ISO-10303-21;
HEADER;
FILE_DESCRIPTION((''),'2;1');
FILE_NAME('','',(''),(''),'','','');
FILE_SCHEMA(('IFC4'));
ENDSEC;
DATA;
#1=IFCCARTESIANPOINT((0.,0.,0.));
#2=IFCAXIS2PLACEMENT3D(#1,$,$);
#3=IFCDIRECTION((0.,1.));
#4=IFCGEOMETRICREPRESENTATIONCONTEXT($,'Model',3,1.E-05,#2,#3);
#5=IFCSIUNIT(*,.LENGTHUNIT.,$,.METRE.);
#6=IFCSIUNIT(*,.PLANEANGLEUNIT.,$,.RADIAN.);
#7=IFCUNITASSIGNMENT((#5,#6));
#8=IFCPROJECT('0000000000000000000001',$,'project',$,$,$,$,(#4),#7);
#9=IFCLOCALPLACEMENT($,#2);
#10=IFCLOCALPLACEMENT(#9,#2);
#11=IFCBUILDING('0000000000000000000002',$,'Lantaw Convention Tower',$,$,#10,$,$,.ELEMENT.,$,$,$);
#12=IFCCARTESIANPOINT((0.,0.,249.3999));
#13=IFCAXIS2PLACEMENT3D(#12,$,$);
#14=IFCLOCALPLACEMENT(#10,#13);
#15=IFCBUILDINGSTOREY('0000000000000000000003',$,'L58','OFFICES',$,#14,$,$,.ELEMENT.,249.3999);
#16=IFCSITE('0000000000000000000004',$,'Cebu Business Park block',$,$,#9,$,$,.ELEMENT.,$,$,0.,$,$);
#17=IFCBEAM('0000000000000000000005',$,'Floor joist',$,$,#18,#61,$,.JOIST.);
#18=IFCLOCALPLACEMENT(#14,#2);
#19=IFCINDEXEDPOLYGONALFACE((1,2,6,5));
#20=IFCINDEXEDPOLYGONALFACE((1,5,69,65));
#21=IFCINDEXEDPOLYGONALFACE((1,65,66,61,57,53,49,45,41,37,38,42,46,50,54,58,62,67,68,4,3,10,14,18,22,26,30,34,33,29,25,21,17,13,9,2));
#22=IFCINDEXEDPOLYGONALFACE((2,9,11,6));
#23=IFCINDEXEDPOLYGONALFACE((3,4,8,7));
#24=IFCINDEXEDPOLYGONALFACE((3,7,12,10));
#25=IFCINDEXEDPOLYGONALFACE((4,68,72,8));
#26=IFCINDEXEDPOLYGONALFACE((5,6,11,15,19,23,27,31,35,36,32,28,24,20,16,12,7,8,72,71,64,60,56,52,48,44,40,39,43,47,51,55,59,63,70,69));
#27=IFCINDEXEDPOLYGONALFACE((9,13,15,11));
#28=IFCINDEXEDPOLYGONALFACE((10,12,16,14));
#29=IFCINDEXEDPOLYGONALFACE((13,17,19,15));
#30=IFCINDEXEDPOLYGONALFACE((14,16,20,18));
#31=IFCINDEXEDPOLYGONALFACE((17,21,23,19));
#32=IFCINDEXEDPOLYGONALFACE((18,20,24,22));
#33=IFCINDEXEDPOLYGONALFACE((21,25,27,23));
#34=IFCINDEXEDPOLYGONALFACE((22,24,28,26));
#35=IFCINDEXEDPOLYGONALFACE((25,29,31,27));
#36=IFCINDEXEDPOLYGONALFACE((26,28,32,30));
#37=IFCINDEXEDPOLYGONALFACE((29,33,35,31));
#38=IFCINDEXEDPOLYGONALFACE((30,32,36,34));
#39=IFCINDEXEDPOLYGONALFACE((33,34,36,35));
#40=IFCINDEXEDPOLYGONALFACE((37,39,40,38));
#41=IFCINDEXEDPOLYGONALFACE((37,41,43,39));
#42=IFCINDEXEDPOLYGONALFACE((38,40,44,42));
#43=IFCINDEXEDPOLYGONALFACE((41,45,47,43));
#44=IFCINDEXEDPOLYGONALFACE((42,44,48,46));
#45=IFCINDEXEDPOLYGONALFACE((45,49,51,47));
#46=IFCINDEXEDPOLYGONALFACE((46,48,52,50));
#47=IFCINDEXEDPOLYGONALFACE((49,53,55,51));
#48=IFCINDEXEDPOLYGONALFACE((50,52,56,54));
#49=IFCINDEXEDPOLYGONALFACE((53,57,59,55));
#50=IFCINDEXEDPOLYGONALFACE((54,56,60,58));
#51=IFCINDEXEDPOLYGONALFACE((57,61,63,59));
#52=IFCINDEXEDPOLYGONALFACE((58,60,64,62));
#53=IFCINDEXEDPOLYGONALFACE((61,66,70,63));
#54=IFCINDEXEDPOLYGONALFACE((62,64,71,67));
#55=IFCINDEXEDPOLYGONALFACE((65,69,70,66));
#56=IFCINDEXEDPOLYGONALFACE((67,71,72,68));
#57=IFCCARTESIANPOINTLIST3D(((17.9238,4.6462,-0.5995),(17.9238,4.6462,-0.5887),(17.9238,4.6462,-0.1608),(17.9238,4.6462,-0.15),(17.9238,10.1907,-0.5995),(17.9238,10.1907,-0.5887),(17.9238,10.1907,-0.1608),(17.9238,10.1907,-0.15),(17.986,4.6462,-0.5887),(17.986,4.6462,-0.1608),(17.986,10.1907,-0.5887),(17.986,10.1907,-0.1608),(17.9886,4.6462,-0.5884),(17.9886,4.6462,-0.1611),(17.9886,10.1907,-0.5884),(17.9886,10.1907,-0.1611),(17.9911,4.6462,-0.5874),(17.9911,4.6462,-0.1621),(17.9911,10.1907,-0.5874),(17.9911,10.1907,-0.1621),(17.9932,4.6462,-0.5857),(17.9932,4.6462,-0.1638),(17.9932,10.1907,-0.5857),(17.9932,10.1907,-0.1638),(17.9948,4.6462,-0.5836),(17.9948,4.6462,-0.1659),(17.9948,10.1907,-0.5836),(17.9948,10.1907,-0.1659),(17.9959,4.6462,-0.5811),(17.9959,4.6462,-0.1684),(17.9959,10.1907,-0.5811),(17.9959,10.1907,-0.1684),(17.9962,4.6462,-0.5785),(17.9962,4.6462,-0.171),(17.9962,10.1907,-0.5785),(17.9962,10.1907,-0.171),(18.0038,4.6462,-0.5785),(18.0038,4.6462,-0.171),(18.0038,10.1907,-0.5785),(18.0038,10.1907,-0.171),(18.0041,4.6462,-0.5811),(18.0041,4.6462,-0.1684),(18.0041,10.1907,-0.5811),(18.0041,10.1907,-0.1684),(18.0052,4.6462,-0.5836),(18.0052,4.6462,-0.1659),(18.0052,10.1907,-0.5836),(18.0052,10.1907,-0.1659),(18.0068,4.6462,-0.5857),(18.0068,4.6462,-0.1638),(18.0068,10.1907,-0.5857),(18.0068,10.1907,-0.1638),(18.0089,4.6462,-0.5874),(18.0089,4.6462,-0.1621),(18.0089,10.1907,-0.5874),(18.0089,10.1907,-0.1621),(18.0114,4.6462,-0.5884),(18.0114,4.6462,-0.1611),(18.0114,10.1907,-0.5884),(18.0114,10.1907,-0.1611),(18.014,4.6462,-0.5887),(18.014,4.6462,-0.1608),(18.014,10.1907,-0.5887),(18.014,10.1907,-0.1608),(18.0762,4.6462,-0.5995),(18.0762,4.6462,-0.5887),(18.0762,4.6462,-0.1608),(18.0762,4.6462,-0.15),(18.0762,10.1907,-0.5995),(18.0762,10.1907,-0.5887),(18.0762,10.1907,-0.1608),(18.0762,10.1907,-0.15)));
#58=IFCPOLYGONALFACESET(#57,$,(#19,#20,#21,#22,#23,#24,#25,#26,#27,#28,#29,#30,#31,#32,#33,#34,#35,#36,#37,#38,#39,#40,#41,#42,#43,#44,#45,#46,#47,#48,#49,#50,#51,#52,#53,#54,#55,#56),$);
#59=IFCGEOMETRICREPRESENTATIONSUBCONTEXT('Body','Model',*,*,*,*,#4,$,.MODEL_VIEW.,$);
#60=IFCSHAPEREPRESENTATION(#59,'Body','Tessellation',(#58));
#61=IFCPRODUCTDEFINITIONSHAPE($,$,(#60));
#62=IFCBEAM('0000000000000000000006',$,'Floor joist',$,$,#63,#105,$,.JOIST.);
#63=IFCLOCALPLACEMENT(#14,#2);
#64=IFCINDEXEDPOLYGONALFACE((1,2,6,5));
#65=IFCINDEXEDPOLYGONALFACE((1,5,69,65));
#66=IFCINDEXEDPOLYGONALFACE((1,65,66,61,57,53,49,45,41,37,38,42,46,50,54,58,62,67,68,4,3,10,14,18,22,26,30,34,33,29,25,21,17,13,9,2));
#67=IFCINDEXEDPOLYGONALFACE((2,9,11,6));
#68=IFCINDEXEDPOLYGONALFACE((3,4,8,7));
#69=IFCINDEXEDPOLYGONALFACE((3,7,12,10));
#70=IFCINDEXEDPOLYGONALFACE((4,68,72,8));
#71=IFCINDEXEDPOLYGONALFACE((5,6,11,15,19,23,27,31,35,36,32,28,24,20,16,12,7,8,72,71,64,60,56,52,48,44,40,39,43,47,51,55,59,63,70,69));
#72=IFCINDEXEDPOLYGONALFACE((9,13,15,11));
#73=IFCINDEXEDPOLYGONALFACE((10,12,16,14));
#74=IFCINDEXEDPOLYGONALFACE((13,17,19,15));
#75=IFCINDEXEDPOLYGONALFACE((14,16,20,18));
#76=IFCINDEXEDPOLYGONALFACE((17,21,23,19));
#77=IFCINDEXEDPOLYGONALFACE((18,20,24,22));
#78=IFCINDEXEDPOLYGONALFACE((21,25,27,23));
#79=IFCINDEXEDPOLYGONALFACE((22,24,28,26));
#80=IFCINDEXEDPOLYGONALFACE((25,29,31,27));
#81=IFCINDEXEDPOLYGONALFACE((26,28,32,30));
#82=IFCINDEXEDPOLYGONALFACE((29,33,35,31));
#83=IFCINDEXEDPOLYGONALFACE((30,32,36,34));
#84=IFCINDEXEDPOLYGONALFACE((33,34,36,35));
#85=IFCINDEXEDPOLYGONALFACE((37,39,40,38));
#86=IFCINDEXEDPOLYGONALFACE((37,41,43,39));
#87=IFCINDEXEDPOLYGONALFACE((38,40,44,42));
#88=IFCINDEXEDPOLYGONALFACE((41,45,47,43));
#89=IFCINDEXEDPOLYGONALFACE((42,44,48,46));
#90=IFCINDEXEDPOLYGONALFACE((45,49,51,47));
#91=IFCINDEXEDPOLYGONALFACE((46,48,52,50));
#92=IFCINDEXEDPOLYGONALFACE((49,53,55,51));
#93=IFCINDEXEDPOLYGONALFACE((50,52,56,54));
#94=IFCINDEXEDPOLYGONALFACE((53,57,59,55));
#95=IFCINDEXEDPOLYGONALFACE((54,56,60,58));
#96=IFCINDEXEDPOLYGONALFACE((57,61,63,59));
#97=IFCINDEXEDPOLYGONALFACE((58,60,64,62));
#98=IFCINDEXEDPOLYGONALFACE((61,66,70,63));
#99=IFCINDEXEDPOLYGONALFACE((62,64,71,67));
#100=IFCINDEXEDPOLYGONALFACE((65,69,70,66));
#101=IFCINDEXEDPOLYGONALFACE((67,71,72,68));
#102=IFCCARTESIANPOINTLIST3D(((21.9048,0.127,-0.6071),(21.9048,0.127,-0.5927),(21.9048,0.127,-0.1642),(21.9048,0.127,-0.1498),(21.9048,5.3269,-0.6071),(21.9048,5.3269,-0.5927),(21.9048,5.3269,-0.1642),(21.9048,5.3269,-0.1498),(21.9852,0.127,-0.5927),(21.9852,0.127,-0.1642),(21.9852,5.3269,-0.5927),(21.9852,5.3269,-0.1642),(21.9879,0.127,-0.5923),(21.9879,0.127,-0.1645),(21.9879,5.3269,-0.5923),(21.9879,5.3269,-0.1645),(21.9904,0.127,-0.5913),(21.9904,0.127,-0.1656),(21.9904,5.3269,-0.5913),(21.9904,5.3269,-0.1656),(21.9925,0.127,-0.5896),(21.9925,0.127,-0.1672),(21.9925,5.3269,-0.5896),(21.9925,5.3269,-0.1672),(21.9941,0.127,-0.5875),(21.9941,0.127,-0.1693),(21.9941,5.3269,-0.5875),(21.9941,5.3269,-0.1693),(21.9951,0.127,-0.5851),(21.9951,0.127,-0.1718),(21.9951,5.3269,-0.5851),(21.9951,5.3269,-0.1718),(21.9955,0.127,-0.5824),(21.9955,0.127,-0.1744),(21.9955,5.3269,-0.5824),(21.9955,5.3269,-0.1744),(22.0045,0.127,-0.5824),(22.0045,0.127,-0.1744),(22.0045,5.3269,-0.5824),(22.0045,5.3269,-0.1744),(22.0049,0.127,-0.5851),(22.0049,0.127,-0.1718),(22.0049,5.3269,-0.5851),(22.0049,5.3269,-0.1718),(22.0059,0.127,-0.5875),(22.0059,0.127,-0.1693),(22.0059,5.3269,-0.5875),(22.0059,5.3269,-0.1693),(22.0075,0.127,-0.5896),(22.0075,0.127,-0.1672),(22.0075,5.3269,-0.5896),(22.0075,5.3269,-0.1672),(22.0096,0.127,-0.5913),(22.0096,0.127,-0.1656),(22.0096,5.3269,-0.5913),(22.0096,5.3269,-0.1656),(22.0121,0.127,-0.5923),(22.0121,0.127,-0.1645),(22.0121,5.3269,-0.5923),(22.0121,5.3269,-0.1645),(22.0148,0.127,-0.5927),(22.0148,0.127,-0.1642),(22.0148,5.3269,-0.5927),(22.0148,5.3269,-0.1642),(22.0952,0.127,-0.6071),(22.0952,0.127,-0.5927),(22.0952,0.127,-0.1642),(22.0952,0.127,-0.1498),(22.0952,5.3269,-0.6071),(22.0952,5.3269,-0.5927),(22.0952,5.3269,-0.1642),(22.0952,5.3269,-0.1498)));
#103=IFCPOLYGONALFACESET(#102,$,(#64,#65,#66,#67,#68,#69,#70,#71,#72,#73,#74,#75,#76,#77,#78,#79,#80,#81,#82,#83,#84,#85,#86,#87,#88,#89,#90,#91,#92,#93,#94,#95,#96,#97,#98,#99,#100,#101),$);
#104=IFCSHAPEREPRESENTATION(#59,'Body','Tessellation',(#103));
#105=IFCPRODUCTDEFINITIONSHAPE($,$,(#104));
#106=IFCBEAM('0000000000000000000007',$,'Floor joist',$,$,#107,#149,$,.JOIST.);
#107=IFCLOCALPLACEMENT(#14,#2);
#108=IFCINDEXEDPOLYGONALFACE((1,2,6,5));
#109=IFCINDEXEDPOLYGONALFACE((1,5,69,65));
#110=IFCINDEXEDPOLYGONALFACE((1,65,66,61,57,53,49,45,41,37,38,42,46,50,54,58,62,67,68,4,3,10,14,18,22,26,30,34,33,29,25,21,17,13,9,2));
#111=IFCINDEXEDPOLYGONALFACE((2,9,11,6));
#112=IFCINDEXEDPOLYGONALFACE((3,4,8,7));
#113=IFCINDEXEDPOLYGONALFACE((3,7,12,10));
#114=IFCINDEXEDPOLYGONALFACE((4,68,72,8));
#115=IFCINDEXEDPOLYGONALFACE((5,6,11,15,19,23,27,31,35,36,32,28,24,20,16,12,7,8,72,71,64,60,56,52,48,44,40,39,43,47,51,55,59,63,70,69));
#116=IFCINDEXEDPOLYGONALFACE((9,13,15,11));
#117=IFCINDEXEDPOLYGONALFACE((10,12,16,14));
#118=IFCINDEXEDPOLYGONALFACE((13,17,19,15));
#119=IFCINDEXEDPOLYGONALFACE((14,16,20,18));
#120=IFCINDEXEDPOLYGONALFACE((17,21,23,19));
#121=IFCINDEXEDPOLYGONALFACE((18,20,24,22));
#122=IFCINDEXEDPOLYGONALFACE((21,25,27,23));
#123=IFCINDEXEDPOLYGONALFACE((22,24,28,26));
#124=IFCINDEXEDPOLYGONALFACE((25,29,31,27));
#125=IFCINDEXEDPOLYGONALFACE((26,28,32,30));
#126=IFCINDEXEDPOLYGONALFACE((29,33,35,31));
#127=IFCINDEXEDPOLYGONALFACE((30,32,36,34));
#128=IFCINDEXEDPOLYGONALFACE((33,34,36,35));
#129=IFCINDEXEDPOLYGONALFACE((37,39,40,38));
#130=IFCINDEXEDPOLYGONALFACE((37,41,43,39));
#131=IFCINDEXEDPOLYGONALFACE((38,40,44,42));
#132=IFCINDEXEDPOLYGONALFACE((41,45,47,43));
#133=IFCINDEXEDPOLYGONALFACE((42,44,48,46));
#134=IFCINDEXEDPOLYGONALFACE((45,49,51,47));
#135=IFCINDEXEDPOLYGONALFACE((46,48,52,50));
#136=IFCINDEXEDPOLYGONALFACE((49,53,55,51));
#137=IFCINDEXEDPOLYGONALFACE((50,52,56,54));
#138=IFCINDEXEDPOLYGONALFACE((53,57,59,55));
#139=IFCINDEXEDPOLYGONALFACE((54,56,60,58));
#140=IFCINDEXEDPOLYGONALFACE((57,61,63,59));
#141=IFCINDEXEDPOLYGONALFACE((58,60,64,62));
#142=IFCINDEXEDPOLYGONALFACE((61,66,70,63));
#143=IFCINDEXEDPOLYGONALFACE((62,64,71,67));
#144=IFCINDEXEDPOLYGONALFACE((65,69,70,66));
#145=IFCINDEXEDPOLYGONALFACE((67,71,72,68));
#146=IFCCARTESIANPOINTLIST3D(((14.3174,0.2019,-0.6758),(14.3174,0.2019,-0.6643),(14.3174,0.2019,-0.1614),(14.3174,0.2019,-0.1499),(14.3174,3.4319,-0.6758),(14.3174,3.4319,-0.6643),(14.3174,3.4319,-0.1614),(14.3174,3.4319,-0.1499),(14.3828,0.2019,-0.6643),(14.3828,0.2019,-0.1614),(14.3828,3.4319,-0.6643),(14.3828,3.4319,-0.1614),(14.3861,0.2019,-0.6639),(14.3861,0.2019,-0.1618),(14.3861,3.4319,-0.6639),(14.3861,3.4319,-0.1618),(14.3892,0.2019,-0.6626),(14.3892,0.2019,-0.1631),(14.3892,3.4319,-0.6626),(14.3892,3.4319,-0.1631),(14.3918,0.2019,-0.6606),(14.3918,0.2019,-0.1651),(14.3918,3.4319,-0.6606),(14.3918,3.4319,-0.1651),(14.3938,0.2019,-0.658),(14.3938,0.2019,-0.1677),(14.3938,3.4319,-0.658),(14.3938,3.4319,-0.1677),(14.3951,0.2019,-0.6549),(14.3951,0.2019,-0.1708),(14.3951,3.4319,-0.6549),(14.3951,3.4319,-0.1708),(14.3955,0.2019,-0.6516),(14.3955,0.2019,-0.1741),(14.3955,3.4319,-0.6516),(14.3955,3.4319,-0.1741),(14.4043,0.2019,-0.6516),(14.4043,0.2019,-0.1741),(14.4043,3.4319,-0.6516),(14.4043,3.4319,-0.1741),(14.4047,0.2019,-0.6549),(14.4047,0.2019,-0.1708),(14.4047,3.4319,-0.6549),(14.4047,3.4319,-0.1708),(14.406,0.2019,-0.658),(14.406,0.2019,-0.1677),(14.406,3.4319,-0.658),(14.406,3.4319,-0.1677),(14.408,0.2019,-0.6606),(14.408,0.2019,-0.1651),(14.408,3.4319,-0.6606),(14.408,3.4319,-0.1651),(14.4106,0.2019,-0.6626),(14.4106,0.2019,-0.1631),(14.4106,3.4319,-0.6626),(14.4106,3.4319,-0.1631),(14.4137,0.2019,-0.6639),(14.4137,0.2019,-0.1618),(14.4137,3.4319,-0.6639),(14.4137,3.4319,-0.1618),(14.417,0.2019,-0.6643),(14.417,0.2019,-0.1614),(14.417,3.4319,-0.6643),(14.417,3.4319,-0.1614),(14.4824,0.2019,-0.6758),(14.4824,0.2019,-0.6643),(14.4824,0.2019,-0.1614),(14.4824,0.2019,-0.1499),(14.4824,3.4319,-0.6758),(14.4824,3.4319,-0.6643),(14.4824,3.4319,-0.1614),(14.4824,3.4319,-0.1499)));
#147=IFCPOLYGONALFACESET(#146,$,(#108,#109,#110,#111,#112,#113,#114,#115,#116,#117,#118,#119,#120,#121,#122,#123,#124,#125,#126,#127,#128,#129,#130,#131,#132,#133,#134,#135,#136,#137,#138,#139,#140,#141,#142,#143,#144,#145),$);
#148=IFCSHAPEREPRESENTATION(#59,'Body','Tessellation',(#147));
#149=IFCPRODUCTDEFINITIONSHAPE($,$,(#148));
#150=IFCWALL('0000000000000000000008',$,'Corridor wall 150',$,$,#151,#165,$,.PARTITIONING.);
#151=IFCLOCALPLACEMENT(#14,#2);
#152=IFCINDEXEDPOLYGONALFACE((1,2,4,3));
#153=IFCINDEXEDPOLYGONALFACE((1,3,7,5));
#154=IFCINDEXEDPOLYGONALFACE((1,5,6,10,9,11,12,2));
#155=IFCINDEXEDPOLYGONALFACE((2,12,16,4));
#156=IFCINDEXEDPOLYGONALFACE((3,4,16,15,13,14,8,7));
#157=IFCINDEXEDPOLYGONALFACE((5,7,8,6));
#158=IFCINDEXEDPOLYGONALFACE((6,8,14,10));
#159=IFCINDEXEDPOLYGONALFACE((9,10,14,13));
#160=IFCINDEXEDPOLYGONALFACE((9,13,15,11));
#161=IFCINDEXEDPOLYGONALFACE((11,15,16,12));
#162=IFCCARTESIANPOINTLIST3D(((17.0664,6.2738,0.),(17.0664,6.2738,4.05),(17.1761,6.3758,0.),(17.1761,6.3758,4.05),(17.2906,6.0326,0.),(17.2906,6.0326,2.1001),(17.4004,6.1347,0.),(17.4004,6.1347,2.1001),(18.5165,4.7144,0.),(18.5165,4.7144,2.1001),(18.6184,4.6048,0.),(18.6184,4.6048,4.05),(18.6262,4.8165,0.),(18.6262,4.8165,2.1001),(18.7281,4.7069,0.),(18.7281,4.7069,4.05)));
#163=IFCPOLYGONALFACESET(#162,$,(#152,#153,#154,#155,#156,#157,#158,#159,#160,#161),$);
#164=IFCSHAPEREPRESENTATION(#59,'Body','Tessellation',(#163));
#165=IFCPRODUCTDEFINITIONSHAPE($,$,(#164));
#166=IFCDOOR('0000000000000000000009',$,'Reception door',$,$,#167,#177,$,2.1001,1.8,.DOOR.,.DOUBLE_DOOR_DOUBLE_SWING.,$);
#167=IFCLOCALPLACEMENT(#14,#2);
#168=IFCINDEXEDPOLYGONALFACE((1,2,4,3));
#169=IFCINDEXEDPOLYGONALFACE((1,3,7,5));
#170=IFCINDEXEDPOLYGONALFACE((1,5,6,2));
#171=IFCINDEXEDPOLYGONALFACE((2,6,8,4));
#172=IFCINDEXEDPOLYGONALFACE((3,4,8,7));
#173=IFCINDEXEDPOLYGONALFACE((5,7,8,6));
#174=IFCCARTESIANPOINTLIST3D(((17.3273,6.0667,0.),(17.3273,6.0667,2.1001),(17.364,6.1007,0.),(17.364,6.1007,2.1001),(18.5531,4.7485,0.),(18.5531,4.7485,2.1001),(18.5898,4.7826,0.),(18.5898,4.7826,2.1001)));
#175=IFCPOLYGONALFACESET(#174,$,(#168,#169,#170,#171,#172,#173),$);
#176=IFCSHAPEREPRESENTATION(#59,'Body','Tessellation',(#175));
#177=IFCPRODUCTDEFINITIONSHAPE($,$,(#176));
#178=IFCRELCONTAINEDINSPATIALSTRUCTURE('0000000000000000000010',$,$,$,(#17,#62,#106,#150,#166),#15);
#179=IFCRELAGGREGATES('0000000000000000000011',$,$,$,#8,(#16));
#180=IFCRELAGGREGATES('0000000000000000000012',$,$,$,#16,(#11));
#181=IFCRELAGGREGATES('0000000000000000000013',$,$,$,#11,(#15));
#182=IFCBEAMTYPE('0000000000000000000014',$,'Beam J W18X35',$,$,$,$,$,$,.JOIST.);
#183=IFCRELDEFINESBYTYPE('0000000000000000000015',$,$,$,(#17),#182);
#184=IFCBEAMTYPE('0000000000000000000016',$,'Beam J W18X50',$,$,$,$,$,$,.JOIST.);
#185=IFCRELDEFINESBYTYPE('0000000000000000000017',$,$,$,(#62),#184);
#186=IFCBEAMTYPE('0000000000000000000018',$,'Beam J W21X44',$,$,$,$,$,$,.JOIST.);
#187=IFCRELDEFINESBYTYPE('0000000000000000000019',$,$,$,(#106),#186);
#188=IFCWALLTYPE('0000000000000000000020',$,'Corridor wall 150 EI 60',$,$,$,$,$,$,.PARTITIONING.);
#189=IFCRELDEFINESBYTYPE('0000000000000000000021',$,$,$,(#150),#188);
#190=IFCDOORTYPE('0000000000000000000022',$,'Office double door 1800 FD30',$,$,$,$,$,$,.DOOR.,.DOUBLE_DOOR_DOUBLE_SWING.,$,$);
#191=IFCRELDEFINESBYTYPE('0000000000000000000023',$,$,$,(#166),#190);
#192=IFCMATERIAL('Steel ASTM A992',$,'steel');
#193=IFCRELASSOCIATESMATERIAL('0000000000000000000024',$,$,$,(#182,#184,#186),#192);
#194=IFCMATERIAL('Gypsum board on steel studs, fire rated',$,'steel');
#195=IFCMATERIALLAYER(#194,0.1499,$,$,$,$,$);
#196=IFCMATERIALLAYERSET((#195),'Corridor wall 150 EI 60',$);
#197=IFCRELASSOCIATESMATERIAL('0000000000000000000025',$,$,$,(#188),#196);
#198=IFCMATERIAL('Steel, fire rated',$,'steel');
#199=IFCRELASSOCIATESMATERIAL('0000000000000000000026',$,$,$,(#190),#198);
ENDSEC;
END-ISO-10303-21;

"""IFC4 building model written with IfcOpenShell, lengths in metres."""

from ifc_helpers import new_model, si_unit, direction, frame, frame_2d, origin, origin_2d, place, context, subcontext, project, spatial, rectangle, i_section, extrude, material, layer, layer_set, material_profile, profile_set, type_object, element, fill, save


model = new_model("IFC4")

# Units and contexts
model_context = context("Model", 3, precision=1e-05, world=origin(), true_north=direction((0.0, 1.0)))
body_context = subcontext(model_context, "Body", "Model", "MODEL_VIEW")
ifc_project = project(units=[si_unit("LENGTHUNIT", "METRE"), si_unit("PLANEANGLEUNIT", "RADIAN")], contexts=[model_context])

# Site, building, storey
site_placement = place(None, origin())
site = spatial("IfcSite", under=ifc_project, at=site_placement, Name="Cebu Business Park block", CompositionType="ELEMENT", RefElevation=0.0)
building_placement = place(site_placement, origin())
building = spatial("IfcBuilding", under=site, at=building_placement, Name="Lantaw Convention Tower", CompositionType="ELEMENT")
storey_placement = place(building_placement, frame((0.0, 0.0, 249.3999)))
storey = spatial("IfcBuildingStorey", under=building, at=storey_placement, Name="L58", Description="OFFICES", CompositionType="ELEMENT", Elevation=249.3999)

# Beams
ifc_material_1 = material(Name="Steel ASTM A992", Category="steel")
ifc_material_profile_1 = material_profile(ifc_material_1, i_section(OverallWidth=0.1523, OverallDepth=0.4495, WebThickness=0.0076, FlangeThickness=0.0107, FilletRadius=0.0103, at=origin_2d()), Name="W18X35")
ifc_profile_set_1 = profile_set([ifc_material_profile_1], Name="Steel ASTM A992")
beam_type_1 = type_object("IfcBeamType", Name="Beam J W18X35", PredefinedType="JOIST", material=ifc_profile_set_1)
beam_1_placement = place(storey_placement, frame((18.0, 4.6462, -0.3748), z_axis=(0.0, 1.0, 0.0), x_axis=(-1.0, 0.0, 0.0)))
element("IfcBeam", 1, at=beam_1_placement, inside=storey, type_object=beam_type_1, Name="Floor joist", PredefinedType="JOIST", context=body_context, shape_type="SweptSolid", body=[
    extrude(i_section(OverallWidth=0.1523, OverallDepth=0.4495, WebThickness=0.0076, FlangeThickness=0.0107, FilletRadius=0.0103, at=origin_2d()), origin(), (0.0, 0.0, 1.0), 5.5444),
])
ifc_material_profile_2 = material_profile(ifc_material_1, i_section(OverallWidth=0.1904, OverallDepth=0.4573, WebThickness=0.009, FlangeThickness=0.0144, FilletRadius=0.0103, at=origin_2d()), Name="W18X50")
ifc_profile_set_2 = profile_set([ifc_material_profile_2], Name="Steel ASTM A992")
beam_type_2 = type_object("IfcBeamType", Name="Beam J W18X50", PredefinedType="JOIST", material=ifc_profile_set_2)
beam_2_placement = place(storey_placement, frame((22.0, 0.127, -0.3784), z_axis=(0.0, 1.0, 0.0), x_axis=(-1.0, 0.0, 0.0)))
element("IfcBeam", 2, at=beam_2_placement, inside=storey, type_object=beam_type_2, Name="Floor joist", PredefinedType="JOIST", context=body_context, shape_type="SweptSolid", body=[
    extrude(i_section(OverallWidth=0.1904, OverallDepth=0.4573, WebThickness=0.009, FlangeThickness=0.0144, FilletRadius=0.0103, at=origin_2d()), origin(), (0.0, 0.0, 1.0), 5.2),
])
ifc_material_profile_3 = material_profile(ifc_material_1, i_section(OverallWidth=0.165, OverallDepth=0.5259, WebThickness=0.0088, FlangeThickness=0.0115, FilletRadius=0.0127, at=origin_2d()), Name="W21X44")
ifc_profile_set_3 = profile_set([ifc_material_profile_3], Name="Steel ASTM A992")
beam_type_3 = type_object("IfcBeamType", Name="Beam J W21X44", PredefinedType="JOIST", material=ifc_profile_set_3)
beam_3_placement = place(storey_placement, frame((14.3999, 0.2019, -0.4128), z_axis=(0.0, 1.0, 0.0), x_axis=(-1.0, 0.0, 0.0)))
element("IfcBeam", 3, at=beam_3_placement, inside=storey, type_object=beam_type_3, Name="Floor joist", PredefinedType="JOIST", context=body_context, shape_type="SweptSolid", body=[
    extrude(i_section(OverallWidth=0.165, OverallDepth=0.5259, WebThickness=0.0088, FlangeThickness=0.0115, FilletRadius=0.0127, at=origin_2d()), origin(), (0.0, 0.0, 1.0), 3.23),
])

# Wall, opening, door
ifc_material_2 = material(Name="Gypsum board on steel studs, fire rated", Category="steel")
ifc_layer_1 = layer(ifc_material_2, 0.1499)
ifc_layer_set_1 = layer_set([ifc_layer_1], Name="Corridor wall 150 EI 60")
wall_type_1 = type_object("IfcWallType", Name="Corridor wall 150 EI 60", PredefinedType="PARTITIONING", material=ifc_layer_set_1)
wall_1_placement = place(storey_placement, frame((18.6733, 4.6558, 0.0), z_axis=(0.0, 0.0, 1.0), x_axis=(-0.680985, 0.732297, 0.0)))
wall_1 = element("IfcWall", 4, at=wall_1_placement, inside=storey, type_object=wall_type_1, Name="Corridor wall 150", PredefinedType="PARTITIONING", context=body_context, shape_type="SweptSolid", body=[
    extrude(rectangle(XDim=2.2791, YDim=0.1499, at=frame_2d((1.1396, 0.0))), origin(), (0.0, 0.0, 1.0), 4.05),
])
opening_1_placement = place(wall_1_placement, frame((0.1499, 0.0, 0.0)))
opening_1 = element("IfcOpeningElement", 5, at=opening_1_placement, cuts=wall_1, PredefinedType="OPENING", context=body_context, shape_type="SweptSolid", body=[
    extrude(rectangle(XDim=1.8, YDim=2.1001, at=frame_2d((0.8999, 1.05))), frame((0.0, 0.085, 0.0), z_axis=(0.0, -1.0, 0.0), x_axis=(1.0, 0.0, 0.0)), (0.0, 0.0, 1.0), 0.1699),
])
ifc_material_3 = material(Name="Steel, fire rated", Category="steel")
door_type_1 = type_object("IfcDoorType", Name="Office double door 1800 FD30", OperationType="DOUBLE_DOOR_DOUBLE_SWING", PredefinedType="DOOR", material=ifc_material_3)
door_1_placement = place(opening_1_placement, origin())
door_1 = element("IfcDoor", 6, at=door_1_placement, inside=storey, type_object=door_type_1, Name="Reception door", OperationType="DOUBLE_DOOR_DOUBLE_SWING", OverallHeight=2.1001, OverallWidth=1.8, PredefinedType="DOOR", context=body_context, shape_type="SweptSolid", body=[
    extrude(rectangle(XDim=1.8, YDim=2.1001, at=frame_2d((0.8999, 1.05))), frame((0.0, 0.0249, 0.0), z_axis=(0.0, -1.0, 0.0), x_axis=(1.0, 0.0, 0.0)), (0.0, 0.0, 1.0), 0.05),
])
fill(opening_1, door_1)

save(model, "model.ifc")
